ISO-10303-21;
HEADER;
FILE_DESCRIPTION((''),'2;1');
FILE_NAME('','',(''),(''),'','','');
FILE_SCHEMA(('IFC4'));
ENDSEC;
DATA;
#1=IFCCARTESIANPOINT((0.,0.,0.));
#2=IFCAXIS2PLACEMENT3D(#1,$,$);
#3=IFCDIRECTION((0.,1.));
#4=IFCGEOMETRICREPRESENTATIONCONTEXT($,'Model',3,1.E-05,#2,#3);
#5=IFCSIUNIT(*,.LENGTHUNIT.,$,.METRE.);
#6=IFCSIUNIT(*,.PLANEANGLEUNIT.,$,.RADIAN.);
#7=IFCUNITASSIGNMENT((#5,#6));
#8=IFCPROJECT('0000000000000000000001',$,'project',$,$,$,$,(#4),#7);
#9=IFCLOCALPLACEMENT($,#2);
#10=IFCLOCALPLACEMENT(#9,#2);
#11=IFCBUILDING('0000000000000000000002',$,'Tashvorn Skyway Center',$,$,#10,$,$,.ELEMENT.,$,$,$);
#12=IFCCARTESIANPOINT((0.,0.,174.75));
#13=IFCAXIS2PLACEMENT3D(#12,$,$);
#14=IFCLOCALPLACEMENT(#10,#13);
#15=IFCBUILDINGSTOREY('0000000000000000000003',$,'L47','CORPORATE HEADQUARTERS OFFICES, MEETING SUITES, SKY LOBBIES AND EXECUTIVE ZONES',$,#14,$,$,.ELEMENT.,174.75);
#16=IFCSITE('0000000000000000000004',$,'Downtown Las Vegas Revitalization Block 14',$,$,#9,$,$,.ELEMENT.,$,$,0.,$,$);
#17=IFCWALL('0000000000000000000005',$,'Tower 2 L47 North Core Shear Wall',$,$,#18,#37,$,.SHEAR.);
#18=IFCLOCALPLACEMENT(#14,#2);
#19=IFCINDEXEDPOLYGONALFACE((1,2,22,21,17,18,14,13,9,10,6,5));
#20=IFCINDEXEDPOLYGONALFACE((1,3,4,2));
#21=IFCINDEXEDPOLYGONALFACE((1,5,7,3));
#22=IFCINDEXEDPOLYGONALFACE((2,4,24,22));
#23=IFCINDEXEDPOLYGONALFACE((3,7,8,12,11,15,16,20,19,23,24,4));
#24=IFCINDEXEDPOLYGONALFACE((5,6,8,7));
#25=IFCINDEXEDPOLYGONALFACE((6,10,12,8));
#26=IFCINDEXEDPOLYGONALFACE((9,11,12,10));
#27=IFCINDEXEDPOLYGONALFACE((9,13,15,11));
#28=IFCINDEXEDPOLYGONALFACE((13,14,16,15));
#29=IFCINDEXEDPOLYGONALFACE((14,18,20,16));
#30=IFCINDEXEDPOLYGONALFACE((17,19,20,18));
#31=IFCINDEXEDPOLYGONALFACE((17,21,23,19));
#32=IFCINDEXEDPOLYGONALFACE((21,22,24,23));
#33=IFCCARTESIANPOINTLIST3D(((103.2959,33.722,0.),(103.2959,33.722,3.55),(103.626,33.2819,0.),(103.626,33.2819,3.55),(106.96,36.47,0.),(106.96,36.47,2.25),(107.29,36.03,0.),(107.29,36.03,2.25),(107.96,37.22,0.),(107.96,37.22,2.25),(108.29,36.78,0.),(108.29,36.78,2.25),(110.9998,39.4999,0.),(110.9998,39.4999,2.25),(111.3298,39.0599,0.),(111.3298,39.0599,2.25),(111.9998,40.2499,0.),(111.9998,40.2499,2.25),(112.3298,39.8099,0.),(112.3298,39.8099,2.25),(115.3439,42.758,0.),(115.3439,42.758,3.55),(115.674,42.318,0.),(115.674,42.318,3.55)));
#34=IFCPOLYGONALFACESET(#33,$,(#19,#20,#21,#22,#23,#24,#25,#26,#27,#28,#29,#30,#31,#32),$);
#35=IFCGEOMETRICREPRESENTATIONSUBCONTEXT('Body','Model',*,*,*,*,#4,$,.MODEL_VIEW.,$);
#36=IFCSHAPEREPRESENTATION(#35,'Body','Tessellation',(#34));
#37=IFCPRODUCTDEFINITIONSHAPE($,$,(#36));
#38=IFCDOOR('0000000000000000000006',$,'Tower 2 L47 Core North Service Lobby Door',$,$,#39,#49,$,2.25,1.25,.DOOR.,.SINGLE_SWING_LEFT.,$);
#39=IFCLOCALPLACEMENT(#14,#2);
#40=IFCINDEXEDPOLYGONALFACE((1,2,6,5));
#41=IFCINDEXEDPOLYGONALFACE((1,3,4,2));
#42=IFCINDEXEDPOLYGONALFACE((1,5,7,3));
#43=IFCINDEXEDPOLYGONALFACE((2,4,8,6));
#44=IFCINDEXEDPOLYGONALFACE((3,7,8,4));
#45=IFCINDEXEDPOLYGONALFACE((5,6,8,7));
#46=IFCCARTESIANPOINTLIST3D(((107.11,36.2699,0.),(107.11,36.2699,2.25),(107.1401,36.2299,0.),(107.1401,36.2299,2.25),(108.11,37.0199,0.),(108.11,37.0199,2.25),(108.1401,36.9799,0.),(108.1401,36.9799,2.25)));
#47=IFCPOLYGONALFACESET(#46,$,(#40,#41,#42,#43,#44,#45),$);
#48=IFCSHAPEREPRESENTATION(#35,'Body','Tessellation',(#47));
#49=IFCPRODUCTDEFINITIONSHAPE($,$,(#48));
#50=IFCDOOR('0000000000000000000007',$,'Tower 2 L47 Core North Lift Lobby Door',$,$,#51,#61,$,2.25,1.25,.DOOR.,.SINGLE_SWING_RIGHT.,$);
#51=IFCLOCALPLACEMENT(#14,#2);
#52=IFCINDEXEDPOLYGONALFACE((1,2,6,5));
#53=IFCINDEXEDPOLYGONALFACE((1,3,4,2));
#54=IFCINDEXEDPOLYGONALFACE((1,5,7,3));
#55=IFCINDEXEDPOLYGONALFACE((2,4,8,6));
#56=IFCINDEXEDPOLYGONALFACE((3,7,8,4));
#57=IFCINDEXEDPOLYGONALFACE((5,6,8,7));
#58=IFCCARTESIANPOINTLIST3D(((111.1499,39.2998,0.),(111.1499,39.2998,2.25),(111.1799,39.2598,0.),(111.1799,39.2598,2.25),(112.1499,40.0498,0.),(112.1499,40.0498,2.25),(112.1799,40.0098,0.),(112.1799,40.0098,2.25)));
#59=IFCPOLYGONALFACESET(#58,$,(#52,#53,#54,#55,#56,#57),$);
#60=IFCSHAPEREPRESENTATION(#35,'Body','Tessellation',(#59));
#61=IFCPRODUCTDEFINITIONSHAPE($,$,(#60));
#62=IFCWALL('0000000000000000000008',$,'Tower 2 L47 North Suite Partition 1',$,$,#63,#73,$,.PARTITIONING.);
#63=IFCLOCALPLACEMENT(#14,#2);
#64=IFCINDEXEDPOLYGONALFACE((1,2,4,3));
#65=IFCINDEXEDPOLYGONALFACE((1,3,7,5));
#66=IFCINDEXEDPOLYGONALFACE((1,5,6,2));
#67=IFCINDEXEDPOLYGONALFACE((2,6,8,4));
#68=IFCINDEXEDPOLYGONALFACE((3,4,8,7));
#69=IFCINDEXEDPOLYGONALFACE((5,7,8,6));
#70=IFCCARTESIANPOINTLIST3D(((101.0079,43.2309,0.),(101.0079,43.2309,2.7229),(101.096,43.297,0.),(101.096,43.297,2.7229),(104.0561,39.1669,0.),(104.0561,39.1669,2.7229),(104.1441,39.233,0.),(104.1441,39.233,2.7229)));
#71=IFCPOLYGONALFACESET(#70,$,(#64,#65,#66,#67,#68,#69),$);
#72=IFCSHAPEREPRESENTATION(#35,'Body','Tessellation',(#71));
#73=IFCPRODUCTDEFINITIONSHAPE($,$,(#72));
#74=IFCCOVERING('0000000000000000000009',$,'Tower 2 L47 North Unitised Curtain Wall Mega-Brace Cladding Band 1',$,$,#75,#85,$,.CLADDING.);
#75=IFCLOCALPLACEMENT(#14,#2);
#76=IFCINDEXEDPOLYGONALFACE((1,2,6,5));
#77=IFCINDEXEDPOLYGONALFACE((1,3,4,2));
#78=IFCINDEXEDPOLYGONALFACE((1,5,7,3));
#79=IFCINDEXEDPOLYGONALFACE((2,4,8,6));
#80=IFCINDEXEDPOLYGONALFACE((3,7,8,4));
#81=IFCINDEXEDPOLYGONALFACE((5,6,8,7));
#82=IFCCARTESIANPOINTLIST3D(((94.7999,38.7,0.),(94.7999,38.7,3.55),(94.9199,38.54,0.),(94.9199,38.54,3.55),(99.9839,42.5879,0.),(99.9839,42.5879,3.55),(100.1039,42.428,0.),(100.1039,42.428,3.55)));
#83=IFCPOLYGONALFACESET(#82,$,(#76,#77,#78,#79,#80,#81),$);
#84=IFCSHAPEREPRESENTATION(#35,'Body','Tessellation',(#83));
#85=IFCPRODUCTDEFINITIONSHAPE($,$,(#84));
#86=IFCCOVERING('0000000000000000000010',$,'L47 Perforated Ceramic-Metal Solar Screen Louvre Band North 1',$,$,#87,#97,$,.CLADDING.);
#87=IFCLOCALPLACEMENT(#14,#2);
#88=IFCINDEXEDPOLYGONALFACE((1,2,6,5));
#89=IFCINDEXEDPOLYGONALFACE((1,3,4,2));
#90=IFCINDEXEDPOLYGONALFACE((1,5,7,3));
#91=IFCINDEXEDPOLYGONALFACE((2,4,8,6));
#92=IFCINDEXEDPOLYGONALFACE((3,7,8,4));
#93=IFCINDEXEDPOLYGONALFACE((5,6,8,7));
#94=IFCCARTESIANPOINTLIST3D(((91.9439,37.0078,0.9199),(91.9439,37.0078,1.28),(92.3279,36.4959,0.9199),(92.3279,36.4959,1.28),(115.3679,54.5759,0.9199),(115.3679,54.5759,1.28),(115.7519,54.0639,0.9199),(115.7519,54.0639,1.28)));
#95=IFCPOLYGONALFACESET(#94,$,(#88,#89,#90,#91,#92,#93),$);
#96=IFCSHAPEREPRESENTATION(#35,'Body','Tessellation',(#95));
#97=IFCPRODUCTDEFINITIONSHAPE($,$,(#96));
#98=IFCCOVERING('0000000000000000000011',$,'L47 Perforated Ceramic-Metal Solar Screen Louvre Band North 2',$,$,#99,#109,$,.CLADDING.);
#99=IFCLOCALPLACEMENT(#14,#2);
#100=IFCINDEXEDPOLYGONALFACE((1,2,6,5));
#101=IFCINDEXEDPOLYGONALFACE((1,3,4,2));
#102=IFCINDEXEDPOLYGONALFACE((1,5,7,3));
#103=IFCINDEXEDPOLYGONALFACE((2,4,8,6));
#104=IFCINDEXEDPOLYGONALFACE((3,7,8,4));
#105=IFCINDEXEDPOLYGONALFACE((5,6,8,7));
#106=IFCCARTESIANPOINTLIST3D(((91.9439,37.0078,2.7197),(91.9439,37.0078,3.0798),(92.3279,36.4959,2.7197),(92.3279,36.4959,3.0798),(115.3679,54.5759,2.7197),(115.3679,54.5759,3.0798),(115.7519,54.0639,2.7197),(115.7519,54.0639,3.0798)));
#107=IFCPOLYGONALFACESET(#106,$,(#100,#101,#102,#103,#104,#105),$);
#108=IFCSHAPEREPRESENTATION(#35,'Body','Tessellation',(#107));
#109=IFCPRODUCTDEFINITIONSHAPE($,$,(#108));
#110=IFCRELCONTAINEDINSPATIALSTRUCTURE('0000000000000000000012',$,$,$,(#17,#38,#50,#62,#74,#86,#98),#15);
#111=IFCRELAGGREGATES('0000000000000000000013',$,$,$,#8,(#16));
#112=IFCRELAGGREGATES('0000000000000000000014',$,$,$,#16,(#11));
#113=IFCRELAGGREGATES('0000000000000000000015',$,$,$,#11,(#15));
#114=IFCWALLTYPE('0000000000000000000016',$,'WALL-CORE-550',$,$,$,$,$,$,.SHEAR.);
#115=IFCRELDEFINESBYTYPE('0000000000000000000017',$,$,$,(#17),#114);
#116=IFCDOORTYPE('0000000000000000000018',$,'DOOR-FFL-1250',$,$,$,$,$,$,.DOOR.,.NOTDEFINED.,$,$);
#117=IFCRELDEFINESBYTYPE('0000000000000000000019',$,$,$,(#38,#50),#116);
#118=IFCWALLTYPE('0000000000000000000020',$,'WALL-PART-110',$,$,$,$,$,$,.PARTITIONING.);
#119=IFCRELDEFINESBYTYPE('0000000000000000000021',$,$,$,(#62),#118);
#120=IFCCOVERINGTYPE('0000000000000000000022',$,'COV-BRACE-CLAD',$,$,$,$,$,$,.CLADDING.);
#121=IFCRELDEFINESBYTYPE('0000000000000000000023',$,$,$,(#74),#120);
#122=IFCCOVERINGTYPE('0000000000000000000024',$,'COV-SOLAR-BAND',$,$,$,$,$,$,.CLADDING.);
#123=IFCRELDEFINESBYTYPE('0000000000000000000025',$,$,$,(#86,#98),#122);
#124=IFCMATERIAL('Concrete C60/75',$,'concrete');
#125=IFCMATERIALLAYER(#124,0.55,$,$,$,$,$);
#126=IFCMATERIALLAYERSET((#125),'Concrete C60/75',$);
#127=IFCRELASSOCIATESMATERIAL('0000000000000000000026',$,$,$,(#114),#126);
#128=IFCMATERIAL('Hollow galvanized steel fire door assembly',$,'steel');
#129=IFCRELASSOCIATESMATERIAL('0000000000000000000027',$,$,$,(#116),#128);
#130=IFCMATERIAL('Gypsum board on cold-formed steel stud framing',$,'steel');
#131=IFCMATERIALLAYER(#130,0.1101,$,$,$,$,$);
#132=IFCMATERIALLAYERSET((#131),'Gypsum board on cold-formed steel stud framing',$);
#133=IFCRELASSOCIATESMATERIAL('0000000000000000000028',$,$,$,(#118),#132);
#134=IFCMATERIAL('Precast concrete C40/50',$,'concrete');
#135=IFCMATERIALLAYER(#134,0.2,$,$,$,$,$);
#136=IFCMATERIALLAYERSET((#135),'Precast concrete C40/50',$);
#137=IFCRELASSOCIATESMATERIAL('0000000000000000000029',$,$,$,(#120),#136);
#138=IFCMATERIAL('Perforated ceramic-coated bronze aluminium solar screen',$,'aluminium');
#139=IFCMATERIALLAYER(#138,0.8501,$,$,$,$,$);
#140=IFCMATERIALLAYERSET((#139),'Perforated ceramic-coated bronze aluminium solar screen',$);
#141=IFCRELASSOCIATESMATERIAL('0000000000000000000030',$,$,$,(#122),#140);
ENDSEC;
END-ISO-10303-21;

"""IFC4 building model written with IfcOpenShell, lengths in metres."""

from ifc_helpers import new_model, si_unit, direction, frame, frame_2d, origin, origin_2d, place, context, subcontext, project, spatial, rectangle, extrude, material, layer, layer_set, type_object, element, fill, save


model = new_model("IFC4")

# Units and contexts
model_context = context("Model", 3, precision=1e-05, world=origin(), true_north=direction((0.0, 1.0)))
body_context = subcontext(model_context, "Body", "Model", "MODEL_VIEW")
ifc_project = project(units=[si_unit("LENGTHUNIT", "METRE"), si_unit("PLANEANGLEUNIT", "RADIAN")], contexts=[model_context])

# Site, building, storey
site_placement = place(None, origin())
site = spatial("IfcSite", under=ifc_project, at=site_placement, Name="Downtown Las Vegas Revitalization Block 14", CompositionType="ELEMENT", RefElevation=0.0)
building_placement = place(site_placement, origin())
building = spatial("IfcBuilding", under=site, at=building_placement, Name="Tashvorn Skyway Center", CompositionType="ELEMENT")
storey_placement = place(building_placement, frame((0.0, 0.0, 174.75)))
storey = spatial("IfcBuildingStorey", under=building, at=storey_placement, Name="L47", Description="CORPORATE HEADQUARTERS OFFICES, MEETING SUITES, SKY LOBBIES AND EXECUTIVE ZONES", CompositionType="ELEMENT", Elevation=174.75)

# Wall, openings, doors
ifc_material_1 = material(Name="Concrete C60/75", Category="concrete")
ifc_layer_1 = layer(ifc_material_1, 0.55)
ifc_layer_set_1 = layer_set([ifc_layer_1], Name="Concrete C60/75")
wall_type_1 = type_object("IfcWallType", Name="WALL-CORE-550", PredefinedType="SHEAR", material=ifc_layer_set_1)
wall_1_placement = place(storey_placement, frame((103.4609, 33.502, 0.0), z_axis=(0.0, 0.0, 1.0), x_axis=(0.799998, 0.600003, 0.0)))
wall_1 = element("IfcWall", 1, at=wall_1_placement, inside=storey, type_object=wall_type_1, Name="Tower 2 L47 North Core Shear Wall", PredefinedType="SHEAR", context=body_context, shape_type="SweptSolid", body=[
    extrude(rectangle(XDim=15.0601, YDim=0.55, at=frame_2d((7.53, 0.0))), origin(), (0.0, 0.0, 1.0), 3.55),
])
opening_1_placement = place(wall_1_placement, frame((4.5801, 0.0, 0.0)))
opening_1 = element("IfcOpeningElement", 2, at=opening_1_placement, cuts=wall_1, PredefinedType="OPENING", context=body_context, shape_type="SweptSolid", body=[
    extrude(rectangle(XDim=1.25, YDim=2.25, at=frame_2d((0.625, 1.125))), frame((0.0, 0.2849, 0.0), z_axis=(0.0, -1.0, 0.0), x_axis=(1.0, 0.0, 0.0)), (0.0, 0.0, 1.0), 0.5701),
])
opening_2_placement = place(wall_1_placement, frame((9.6299, 0.0, 0.0)))
opening_2 = element("IfcOpeningElement", 3, at=opening_2_placement, cuts=wall_1, PredefinedType="OPENING", context=body_context, shape_type="SweptSolid", body=[
    extrude(rectangle(XDim=1.25, YDim=2.25, at=frame_2d((0.625, 1.125))), frame((0.0, 0.2849, 0.0), z_axis=(0.0, -1.0, 0.0), x_axis=(1.0, 0.0, 0.0)), (0.0, 0.0, 1.0), 0.5701),
])
ifc_material_2 = material(Name="Hollow galvanized steel fire door assembly", Category="steel")
door_type = type_object("IfcDoorType", Name="DOOR-FFL-1250", OperationType="NOTDEFINED", PredefinedType="DOOR", material=ifc_material_2)
door_1_placement = place(opening_1_placement, origin())
door_1 = element("IfcDoor", 4, at=door_1_placement, inside=storey, type_object=door_type, Name="Tower 2 L47 Core North Service Lobby Door", OperationType="SINGLE_SWING_LEFT", OverallHeight=2.25, OverallWidth=1.25, PredefinedType="DOOR", context=body_context, shape_type="SweptSolid", body=[
    extrude(rectangle(XDim=1.25, YDim=2.25, at=frame_2d((0.625, 1.125))), frame((0.0, 0.0249, 0.0), z_axis=(0.0, -1.0, 0.0), x_axis=(1.0, 0.0, 0.0)), (0.0, 0.0, 1.0), 0.05),
])
fill(opening_1, door_1)
door_2_placement = place(opening_2_placement, origin())
door_2 = element("IfcDoor", 5, at=door_2_placement, inside=storey, type_object=door_type, Name="Tower 2 L47 Core North Lift Lobby Door", OperationType="SINGLE_SWING_RIGHT", OverallHeight=2.25, OverallWidth=1.25, PredefinedType="DOOR", context=body_context, shape_type="SweptSolid", body=[
    extrude(rectangle(XDim=1.25, YDim=2.25, at=frame_2d((0.625, 1.125))), frame((0.0, 0.0249, 0.0), z_axis=(0.0, -1.0, 0.0), x_axis=(1.0, 0.0, 0.0)), (0.0, 0.0, 1.0), 0.05),
])
fill(opening_2, door_2)

# Wall
ifc_material_3 = material(Name="Gypsum board on cold-formed steel stud framing", Category="steel")
ifc_layer_2 = layer(ifc_material_3, 0.1101)
ifc_layer_set_2 = layer_set([ifc_layer_2], Name="Gypsum board on cold-formed steel stud framing")
wall_type_2 = type_object("IfcWallType", Name="WALL-PART-110", PredefinedType="PARTITIONING", material=ifc_layer_set_2)
wall_2_placement = place(storey_placement, frame((104.1001, 39.2, 0.0), z_axis=(0.0, 0.0, 1.0), x_axis=(-0.600015, 0.799988, 0.0)))
element("IfcWall", 6, at=wall_2_placement, inside=storey, type_object=wall_type_2, Name="Tower 2 L47 North Suite Partition 1", PredefinedType="PARTITIONING", context=body_context, shape_type="SweptSolid", body=[
    extrude(rectangle(XDim=5.0801, YDim=0.1101, at=frame_2d((2.54, 0.0))), origin(), (0.0, 0.0, 1.0), 2.7229),
])

# Coverings
ifc_material_4 = material(Name="Precast concrete C40/50", Category="concrete")
ifc_layer_3 = layer(ifc_material_4, 0.2)
ifc_layer_set_3 = layer_set([ifc_layer_3], Name="Precast concrete C40/50")
covering_type_1 = type_object("IfcCoveringType", Name="COV-BRACE-CLAD", PredefinedType="CLADDING", material=ifc_layer_set_3)
covering_placement = place(storey_placement, frame((97.4519, 40.564, 0.0), z_axis=(0.0, 0.0, 1.0), x_axis=(0.8, 0.6, 0.0)))
element("IfcCovering", 7, at=covering_placement, inside=storey, type_object=covering_type_1, Name="Tower 2 L47 North Unitised Curtain Wall Mega-Brace Cladding Band 1", PredefinedType="CLADDING", context=body_context, shape_type="SweptSolid", body=[
    extrude(rectangle(XDim=6.48, YDim=0.2, at=origin_2d()), origin(), (0.0, 0.0, 1.0), 3.55),
])
ifc_material_5 = material(Name="Perforated ceramic-coated bronze aluminium solar screen", Category="aluminium")
ifc_layer_4 = layer(ifc_material_5, 0.8501)
ifc_layer_set_4 = layer_set([ifc_layer_4], Name="Perforated ceramic-coated bronze aluminium solar screen")
covering_type_2 = type_object("IfcCoveringType", Name="COV-SOLAR-BAND", PredefinedType="CLADDING", material=ifc_layer_set_4)
for number, where, z_axis, x_axis, name in (
    (8, (103.8479, 45.5359, 0.9199), (0.0, 0.0, 1.0), (0.8, 0.6, 0.0), "L47 Perforated Ceramic-Metal Solar Screen Louvre Band North 1"),
    (9, (103.8479, 45.5359, 2.7197), (0.0, 0.0, 1.0), (0.8, 0.6, 0.0), "L47 Perforated Ceramic-Metal Solar Screen Louvre Band North 2"),
):
    element("IfcCovering", number, at=place(storey_placement, frame(where, z_axis=z_axis, x_axis=x_axis)), inside=storey, type_object=covering_type_2, Name=name, PredefinedType="CLADDING", context=body_context, shape_type="SweptSolid", body=[
        extrude(rectangle(XDim=29.28, YDim=0.6399, at=origin_2d()), origin(), (0.0, 0.0, 1.0), 0.3601),
    ])

save(model, "model.ifc")
